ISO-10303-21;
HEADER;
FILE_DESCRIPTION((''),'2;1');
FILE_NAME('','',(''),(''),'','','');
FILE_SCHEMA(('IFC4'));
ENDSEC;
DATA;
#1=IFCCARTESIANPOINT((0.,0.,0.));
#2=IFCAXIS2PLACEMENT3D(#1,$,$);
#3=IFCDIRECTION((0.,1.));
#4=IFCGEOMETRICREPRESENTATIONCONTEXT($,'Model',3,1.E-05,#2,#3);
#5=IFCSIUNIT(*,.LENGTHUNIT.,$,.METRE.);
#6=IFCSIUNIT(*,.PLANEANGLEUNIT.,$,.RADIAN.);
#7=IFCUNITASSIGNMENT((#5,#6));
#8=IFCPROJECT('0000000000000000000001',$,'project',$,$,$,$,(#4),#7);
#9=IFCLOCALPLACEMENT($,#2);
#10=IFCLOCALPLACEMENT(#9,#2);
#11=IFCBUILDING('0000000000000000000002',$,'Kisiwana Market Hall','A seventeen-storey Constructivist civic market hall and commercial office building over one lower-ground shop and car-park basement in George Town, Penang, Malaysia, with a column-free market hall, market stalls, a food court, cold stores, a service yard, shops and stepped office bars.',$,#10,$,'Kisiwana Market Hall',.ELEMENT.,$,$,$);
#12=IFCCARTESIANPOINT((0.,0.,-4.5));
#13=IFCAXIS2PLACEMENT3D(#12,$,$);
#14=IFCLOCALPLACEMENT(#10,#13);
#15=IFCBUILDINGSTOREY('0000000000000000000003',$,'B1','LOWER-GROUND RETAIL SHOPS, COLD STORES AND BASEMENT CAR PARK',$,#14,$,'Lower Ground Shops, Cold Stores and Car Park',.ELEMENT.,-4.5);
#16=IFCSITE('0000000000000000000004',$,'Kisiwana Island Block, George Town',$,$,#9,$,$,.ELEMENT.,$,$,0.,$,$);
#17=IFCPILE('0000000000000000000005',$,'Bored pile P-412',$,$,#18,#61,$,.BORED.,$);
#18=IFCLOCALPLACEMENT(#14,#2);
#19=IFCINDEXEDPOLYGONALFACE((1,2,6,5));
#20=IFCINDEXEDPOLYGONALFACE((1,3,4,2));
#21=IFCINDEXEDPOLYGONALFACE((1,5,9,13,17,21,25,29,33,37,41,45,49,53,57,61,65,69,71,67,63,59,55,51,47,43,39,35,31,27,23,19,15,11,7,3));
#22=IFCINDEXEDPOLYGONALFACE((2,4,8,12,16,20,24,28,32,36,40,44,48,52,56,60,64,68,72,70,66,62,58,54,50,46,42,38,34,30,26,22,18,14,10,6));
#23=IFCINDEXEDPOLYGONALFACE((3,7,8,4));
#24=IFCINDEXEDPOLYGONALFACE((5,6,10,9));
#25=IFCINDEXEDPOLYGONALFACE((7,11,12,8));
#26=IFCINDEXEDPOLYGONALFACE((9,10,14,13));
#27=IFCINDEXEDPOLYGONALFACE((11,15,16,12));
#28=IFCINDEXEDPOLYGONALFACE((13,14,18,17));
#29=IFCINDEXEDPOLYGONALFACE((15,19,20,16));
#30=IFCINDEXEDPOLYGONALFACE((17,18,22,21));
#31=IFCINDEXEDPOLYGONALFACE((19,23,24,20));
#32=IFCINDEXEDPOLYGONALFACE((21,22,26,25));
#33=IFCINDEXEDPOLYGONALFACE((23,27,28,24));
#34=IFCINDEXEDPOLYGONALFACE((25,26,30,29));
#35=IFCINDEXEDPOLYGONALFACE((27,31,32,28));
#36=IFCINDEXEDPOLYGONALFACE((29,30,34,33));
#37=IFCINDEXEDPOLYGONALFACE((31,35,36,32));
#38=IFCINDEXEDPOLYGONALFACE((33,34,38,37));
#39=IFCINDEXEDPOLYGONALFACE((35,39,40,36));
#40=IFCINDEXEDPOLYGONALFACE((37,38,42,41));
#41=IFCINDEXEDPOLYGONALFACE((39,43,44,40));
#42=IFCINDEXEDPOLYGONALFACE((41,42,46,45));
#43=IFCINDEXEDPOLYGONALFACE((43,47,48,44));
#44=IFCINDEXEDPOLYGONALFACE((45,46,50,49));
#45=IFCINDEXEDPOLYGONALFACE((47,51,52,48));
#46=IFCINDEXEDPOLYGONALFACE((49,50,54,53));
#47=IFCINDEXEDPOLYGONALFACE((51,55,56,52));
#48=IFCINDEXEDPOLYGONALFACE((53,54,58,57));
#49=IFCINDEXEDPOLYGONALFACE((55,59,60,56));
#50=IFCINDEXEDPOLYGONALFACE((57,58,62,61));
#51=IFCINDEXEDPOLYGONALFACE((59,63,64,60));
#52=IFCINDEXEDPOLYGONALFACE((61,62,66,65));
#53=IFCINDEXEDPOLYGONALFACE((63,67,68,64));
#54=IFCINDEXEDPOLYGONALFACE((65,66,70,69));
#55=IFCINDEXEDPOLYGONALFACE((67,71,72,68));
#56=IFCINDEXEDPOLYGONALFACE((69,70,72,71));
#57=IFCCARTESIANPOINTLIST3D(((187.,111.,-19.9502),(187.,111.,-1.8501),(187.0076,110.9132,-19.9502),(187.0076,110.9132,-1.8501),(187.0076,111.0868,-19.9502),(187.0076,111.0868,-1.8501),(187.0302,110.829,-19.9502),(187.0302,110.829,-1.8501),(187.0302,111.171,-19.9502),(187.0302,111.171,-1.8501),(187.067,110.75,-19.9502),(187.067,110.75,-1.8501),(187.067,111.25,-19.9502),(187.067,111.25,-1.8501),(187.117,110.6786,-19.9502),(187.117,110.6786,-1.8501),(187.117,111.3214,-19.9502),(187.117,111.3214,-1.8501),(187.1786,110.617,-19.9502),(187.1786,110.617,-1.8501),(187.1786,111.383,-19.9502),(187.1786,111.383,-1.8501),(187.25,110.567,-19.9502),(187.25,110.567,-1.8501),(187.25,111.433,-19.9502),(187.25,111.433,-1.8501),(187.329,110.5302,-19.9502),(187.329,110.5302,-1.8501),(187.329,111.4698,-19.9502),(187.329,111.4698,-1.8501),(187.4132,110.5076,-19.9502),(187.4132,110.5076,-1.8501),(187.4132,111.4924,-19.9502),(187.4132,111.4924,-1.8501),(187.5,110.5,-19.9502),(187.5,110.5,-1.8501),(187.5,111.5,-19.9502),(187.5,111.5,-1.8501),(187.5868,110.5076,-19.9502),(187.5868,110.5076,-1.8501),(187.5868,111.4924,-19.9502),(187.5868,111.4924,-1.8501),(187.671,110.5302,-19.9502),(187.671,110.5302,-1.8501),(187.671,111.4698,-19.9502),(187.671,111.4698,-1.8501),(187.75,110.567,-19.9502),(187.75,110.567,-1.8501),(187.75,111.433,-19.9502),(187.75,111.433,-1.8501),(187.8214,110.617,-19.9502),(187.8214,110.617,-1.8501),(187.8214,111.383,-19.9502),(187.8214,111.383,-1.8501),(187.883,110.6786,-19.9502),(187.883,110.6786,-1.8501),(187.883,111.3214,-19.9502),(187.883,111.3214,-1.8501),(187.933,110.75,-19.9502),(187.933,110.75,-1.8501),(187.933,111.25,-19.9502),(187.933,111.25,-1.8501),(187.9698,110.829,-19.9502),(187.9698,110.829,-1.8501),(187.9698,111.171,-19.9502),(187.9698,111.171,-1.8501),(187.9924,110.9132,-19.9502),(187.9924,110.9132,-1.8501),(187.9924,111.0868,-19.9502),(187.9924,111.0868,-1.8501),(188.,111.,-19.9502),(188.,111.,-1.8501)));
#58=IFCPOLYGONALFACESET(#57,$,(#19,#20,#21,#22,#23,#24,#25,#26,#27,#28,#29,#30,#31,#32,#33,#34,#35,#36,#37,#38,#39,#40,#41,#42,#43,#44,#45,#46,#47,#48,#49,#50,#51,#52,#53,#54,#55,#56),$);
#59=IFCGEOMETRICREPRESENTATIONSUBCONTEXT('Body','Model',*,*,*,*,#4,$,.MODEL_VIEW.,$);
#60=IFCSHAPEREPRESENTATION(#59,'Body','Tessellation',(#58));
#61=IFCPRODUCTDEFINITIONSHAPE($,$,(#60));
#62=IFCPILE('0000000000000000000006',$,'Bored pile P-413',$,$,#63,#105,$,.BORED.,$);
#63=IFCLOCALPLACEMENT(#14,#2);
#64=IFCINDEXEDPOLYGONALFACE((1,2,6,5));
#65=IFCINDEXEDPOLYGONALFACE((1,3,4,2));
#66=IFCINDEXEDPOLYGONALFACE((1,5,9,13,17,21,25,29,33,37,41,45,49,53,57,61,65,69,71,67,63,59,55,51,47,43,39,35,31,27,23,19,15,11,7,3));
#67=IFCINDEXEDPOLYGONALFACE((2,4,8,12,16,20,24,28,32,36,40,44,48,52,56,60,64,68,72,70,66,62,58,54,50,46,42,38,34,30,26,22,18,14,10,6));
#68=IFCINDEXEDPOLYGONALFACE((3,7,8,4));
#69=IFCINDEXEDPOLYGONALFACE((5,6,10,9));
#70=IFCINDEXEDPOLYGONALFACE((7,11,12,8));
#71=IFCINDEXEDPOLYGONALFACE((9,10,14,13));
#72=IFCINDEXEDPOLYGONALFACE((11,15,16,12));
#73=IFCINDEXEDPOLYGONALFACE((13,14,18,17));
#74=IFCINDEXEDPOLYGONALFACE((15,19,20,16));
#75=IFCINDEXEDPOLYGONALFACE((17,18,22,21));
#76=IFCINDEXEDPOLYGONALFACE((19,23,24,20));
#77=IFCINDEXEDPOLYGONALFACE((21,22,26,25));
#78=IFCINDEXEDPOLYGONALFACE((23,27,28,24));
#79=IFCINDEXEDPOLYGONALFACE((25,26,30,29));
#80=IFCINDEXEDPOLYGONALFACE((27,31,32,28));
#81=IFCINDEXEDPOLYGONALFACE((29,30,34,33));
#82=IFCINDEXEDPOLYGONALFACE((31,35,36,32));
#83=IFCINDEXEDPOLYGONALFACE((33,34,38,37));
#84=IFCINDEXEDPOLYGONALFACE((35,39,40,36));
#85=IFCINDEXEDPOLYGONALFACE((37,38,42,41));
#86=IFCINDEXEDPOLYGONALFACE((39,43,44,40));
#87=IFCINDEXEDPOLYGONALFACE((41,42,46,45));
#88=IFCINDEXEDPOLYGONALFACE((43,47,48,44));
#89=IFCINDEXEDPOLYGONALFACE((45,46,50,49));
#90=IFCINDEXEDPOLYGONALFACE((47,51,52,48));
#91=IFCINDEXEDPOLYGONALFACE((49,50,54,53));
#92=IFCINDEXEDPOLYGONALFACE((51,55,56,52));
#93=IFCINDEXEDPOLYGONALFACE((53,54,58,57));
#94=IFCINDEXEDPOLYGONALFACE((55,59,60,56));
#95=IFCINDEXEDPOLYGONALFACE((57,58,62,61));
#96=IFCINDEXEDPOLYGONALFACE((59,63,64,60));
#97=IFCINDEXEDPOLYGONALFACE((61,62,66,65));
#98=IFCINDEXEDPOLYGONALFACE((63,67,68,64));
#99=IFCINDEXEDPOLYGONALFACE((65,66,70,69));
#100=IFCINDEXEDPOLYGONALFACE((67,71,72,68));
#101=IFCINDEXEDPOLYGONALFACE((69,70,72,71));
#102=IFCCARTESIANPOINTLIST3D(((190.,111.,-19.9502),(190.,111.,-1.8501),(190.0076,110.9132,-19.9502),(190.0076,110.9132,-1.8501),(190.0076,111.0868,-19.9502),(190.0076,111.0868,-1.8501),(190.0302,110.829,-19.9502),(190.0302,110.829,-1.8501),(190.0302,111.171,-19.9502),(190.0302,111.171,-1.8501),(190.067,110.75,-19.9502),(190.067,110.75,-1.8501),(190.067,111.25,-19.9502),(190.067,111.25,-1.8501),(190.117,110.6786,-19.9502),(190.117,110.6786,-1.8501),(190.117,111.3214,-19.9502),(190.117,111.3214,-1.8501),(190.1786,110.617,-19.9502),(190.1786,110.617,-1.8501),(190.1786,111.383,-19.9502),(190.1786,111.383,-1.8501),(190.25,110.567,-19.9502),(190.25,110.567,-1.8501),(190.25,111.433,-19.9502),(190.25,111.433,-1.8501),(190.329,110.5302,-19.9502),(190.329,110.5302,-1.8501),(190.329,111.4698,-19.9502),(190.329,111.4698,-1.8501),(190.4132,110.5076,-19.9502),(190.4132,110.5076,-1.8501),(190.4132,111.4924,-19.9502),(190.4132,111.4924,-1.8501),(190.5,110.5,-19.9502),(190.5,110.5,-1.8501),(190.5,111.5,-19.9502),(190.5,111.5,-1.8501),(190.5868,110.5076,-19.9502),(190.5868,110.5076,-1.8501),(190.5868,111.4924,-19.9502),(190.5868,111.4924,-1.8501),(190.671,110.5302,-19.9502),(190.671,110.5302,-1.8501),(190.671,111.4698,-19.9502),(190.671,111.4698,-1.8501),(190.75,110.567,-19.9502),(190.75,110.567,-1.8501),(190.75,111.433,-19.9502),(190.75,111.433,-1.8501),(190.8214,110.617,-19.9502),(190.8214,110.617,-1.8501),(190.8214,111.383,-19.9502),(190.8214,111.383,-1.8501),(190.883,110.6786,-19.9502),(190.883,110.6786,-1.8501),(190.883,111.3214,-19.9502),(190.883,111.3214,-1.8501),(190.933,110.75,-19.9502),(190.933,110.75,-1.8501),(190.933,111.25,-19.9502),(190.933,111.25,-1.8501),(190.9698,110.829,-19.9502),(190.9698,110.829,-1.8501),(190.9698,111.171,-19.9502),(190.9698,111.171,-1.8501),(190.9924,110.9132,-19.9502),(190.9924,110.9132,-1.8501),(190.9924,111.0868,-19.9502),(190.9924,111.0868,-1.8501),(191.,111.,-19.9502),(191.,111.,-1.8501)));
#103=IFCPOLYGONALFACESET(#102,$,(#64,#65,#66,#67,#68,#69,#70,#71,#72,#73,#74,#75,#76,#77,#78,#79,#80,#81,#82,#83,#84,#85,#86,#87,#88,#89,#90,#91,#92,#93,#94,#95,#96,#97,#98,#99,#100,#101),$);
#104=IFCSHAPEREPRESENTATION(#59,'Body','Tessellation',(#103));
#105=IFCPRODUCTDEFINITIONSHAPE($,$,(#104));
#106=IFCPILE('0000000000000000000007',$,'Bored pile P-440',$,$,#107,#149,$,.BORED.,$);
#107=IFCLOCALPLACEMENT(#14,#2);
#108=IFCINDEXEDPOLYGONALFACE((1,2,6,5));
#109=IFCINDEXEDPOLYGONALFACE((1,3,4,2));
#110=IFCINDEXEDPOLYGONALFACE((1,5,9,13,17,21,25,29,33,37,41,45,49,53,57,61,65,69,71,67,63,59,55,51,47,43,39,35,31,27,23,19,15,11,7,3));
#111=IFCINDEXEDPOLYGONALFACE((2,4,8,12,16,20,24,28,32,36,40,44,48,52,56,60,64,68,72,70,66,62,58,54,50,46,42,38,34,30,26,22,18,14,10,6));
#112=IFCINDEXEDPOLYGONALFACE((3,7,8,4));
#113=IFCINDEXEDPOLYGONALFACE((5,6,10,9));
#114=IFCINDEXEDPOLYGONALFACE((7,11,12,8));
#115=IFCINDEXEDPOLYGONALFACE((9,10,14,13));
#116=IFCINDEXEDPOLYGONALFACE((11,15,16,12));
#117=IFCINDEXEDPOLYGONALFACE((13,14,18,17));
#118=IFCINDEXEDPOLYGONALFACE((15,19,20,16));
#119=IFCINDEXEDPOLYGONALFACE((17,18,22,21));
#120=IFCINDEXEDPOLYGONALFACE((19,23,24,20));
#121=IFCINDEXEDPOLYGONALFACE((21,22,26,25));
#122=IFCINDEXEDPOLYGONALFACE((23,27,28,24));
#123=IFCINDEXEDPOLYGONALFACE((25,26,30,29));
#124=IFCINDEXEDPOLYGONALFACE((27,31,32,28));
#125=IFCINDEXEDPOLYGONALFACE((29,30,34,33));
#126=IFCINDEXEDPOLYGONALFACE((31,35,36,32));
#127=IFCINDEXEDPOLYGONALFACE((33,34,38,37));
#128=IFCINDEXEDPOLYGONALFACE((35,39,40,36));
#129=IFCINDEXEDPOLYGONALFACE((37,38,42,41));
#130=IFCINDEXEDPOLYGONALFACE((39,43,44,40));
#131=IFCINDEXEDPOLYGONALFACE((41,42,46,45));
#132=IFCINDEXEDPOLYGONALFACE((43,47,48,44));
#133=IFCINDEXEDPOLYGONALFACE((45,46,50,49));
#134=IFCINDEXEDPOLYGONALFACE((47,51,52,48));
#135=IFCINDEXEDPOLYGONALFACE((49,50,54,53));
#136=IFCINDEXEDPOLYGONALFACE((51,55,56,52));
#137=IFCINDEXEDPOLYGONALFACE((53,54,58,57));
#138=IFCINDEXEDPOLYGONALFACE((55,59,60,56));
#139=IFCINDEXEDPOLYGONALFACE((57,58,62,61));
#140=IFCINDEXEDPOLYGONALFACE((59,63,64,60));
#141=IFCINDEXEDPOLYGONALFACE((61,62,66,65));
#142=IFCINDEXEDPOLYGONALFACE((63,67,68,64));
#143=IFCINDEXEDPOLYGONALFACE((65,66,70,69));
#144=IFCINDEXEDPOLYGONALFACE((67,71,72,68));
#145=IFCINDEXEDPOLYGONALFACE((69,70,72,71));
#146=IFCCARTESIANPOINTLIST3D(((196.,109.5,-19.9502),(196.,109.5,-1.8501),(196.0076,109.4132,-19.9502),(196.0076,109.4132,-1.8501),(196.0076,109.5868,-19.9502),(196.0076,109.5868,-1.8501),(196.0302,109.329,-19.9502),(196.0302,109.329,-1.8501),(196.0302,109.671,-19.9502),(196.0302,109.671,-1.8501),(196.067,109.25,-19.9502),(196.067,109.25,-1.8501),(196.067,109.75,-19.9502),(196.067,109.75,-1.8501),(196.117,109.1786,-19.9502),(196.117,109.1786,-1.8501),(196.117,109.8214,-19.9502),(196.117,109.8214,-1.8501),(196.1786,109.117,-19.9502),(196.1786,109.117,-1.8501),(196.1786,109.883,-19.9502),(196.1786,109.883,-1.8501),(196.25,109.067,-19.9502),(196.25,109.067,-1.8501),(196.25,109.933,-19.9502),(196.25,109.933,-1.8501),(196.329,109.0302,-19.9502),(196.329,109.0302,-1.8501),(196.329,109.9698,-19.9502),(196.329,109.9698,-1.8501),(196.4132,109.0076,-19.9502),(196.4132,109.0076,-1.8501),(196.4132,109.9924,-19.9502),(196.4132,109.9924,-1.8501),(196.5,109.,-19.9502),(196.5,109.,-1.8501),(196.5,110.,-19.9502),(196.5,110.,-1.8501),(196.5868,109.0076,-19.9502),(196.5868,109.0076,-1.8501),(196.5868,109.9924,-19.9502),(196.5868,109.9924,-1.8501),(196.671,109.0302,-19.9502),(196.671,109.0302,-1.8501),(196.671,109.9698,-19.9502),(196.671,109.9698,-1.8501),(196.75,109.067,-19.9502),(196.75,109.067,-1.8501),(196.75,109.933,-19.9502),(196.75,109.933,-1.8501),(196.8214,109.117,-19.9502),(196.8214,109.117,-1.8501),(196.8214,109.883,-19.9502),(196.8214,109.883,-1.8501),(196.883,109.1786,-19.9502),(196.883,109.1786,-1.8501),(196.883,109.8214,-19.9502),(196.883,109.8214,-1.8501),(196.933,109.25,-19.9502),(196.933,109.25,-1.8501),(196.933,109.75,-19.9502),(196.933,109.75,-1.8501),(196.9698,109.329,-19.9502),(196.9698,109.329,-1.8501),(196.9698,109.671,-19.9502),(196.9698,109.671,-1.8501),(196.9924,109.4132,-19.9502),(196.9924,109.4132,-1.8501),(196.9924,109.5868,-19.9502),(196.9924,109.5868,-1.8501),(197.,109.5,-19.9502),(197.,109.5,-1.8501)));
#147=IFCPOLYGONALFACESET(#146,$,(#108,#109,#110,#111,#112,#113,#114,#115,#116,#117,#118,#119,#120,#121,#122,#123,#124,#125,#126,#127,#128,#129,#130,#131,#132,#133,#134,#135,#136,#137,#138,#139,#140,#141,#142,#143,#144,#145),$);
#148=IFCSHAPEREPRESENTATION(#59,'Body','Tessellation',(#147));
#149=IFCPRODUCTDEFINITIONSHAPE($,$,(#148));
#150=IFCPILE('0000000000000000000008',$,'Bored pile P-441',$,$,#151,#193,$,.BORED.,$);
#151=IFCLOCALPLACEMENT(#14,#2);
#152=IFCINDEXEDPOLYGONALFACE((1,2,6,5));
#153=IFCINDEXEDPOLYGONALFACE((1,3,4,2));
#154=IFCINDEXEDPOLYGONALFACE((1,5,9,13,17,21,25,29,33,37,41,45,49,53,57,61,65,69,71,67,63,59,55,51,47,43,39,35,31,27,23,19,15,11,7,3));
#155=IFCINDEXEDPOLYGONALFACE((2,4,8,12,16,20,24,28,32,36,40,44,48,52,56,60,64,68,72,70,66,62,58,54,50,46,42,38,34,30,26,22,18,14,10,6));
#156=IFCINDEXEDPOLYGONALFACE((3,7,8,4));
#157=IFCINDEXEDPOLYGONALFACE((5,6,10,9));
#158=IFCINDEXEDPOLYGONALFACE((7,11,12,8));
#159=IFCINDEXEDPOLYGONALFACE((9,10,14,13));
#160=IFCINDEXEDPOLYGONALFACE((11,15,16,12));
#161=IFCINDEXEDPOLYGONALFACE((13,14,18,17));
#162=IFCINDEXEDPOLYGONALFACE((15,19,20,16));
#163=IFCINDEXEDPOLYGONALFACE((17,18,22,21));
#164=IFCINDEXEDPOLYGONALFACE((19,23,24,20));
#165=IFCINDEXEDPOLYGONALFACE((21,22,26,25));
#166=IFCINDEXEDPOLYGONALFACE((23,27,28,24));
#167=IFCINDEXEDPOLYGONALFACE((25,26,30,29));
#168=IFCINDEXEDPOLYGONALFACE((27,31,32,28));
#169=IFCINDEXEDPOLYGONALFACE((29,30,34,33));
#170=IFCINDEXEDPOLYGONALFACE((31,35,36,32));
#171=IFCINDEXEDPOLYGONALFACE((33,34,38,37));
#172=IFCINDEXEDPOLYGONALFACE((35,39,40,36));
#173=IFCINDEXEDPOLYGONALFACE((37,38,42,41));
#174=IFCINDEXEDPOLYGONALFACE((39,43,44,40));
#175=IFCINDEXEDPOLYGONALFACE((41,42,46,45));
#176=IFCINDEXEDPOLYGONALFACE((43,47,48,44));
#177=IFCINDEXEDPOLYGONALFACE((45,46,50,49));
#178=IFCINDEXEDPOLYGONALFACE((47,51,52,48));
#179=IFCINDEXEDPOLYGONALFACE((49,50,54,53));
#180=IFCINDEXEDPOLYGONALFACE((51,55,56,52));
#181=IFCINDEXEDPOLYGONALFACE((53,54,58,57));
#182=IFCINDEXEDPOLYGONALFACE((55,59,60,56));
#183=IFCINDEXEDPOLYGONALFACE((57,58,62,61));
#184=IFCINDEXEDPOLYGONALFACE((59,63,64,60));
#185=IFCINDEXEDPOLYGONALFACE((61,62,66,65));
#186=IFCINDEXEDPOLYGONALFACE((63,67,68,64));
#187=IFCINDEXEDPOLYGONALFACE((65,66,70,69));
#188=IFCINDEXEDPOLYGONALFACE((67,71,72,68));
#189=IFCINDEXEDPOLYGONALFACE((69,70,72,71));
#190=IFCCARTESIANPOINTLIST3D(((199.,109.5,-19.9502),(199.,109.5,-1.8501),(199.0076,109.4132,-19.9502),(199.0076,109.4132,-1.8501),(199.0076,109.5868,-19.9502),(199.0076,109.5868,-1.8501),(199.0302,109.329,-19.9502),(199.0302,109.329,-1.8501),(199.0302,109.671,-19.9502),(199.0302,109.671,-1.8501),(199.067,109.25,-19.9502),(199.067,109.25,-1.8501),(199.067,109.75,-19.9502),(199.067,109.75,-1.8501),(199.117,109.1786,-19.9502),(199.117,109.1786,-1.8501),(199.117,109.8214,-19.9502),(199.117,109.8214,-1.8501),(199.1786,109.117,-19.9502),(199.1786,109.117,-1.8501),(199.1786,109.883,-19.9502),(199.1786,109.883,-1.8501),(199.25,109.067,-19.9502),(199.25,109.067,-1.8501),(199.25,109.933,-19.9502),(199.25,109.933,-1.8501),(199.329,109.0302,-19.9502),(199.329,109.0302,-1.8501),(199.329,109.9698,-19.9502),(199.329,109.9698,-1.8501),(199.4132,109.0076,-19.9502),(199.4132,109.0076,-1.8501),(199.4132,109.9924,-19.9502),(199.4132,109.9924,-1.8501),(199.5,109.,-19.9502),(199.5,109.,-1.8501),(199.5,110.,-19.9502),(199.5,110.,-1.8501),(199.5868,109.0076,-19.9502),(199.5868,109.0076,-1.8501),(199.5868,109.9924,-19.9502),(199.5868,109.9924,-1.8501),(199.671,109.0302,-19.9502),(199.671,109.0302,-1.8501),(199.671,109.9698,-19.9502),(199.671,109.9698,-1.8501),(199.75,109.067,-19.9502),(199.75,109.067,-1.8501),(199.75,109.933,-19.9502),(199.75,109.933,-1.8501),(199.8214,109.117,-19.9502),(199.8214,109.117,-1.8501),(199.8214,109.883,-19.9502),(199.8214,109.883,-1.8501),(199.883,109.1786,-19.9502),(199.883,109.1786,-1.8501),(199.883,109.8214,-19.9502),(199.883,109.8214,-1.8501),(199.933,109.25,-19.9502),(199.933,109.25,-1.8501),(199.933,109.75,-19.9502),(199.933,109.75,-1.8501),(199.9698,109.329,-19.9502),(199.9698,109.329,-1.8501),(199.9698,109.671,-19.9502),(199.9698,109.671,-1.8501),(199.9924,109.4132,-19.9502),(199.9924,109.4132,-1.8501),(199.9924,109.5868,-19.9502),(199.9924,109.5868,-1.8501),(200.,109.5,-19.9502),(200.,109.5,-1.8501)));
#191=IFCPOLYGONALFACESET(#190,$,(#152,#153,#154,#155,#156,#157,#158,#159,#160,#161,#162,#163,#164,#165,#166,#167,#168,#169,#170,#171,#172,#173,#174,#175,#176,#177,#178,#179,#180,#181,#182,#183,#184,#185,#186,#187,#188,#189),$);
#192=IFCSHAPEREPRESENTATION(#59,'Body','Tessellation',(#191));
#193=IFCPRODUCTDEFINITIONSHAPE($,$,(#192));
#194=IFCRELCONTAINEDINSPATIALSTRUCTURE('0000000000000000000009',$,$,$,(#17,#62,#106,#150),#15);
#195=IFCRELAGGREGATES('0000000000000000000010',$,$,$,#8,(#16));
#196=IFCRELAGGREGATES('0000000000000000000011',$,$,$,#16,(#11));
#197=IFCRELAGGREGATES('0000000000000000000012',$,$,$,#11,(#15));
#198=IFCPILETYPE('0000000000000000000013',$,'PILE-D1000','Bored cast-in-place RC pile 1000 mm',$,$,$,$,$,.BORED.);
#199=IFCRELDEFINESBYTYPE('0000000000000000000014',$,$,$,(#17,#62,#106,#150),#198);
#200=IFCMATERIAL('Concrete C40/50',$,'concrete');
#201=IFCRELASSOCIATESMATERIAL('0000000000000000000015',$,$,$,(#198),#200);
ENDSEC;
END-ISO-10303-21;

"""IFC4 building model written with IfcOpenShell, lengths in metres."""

from ifc_helpers import new_model, si_unit, direction, frame, origin, origin_2d, place, context, subcontext, project, spatial, circle, extrude, material, material_profile, profile_set, type_object, element, save


model = new_model("IFC4")

# Units and contexts
model_context = context("Model", 3, precision=1e-05, world=origin(), true_north=direction((0.0, 1.0)))
body_context = subcontext(model_context, "Body", "Model", "MODEL_VIEW")
ifc_project = project(units=[si_unit("LENGTHUNIT", "METRE"), si_unit("PLANEANGLEUNIT", "RADIAN")], contexts=[model_context])

# Site, building, storey
site_placement = place(None, origin())
site = spatial("IfcSite", under=ifc_project, at=site_placement, Name="Kisiwana Island Block, George Town", CompositionType="ELEMENT", RefElevation=0.0)
building_placement = place(site_placement, origin())
building = spatial("IfcBuilding", under=site, at=building_placement, Name="Kisiwana Market Hall", Description="A seventeen-storey Constructivist civic market hall and commercial office building over one lower-ground shop and car-park basement in George Town, Penang, Malaysia, with a column-free market hall, market stalls, a food court, cold stores, a service yard, shops and stepped office bars.", LongName="Kisiwana Market Hall", CompositionType="ELEMENT")
storey_placement = place(building_placement, frame((0.0, 0.0, -4.5)))
storey = spatial("IfcBuildingStorey", under=building, at=storey_placement, Name="B1", Description="LOWER-GROUND RETAIL SHOPS, COLD STORES AND BASEMENT CAR PARK", LongName="Lower Ground Shops, Cold Stores and Car Park", CompositionType="ELEMENT", Elevation=-4.5)

# Piles
ifc_material_1 = material(Name="Concrete C40/50", Category="concrete")
ifc_material_profile_1 = material_profile(ifc_material_1, circle(Radius=0.5, at=origin_2d()), Name="BP D1000")
ifc_profile_set_1 = profile_set([ifc_material_profile_1], Name="Concrete C40/50")
pile_type_1 = type_object("IfcPileType", Name="PILE-D1000", Description="Bored cast-in-place RC pile 1000 mm", PredefinedType="BORED", material=ifc_profile_set_1)
for number, where, z_axis, x_axis, name in (
    (1, (187.5, 111.0, -1.8501), (0.0, 0.0, -1.0), (1.0, 0.0, 0.0), "Bored pile P-412"),
    (2, (190.5, 111.0, -1.8501), (0.0, 0.0, -1.0), (1.0, 0.0, 0.0), "Bored pile P-413"),
    (3, (196.5, 109.5, -1.8501), (0.0, 0.0, -1.0), (1.0, 0.0, 0.0), "Bored pile P-440"),
    (4, (199.5, 109.5, -1.8501), (0.0, 0.0, -1.0), (1.0, 0.0, 0.0), "Bored pile P-441"),
):
    element("IfcPile", number, at=place(storey_placement, frame(where, z_axis=z_axis, x_axis=x_axis)), inside=storey, type_object=pile_type_1, Name=name, PredefinedType="BORED", context=body_context, shape_type="SweptSolid", body=[
        extrude(circle(Radius=0.5, at=origin_2d()), origin(), (0.0, 0.0, 1.0), 18.1001),
    ])

save(model, "model.ifc")
